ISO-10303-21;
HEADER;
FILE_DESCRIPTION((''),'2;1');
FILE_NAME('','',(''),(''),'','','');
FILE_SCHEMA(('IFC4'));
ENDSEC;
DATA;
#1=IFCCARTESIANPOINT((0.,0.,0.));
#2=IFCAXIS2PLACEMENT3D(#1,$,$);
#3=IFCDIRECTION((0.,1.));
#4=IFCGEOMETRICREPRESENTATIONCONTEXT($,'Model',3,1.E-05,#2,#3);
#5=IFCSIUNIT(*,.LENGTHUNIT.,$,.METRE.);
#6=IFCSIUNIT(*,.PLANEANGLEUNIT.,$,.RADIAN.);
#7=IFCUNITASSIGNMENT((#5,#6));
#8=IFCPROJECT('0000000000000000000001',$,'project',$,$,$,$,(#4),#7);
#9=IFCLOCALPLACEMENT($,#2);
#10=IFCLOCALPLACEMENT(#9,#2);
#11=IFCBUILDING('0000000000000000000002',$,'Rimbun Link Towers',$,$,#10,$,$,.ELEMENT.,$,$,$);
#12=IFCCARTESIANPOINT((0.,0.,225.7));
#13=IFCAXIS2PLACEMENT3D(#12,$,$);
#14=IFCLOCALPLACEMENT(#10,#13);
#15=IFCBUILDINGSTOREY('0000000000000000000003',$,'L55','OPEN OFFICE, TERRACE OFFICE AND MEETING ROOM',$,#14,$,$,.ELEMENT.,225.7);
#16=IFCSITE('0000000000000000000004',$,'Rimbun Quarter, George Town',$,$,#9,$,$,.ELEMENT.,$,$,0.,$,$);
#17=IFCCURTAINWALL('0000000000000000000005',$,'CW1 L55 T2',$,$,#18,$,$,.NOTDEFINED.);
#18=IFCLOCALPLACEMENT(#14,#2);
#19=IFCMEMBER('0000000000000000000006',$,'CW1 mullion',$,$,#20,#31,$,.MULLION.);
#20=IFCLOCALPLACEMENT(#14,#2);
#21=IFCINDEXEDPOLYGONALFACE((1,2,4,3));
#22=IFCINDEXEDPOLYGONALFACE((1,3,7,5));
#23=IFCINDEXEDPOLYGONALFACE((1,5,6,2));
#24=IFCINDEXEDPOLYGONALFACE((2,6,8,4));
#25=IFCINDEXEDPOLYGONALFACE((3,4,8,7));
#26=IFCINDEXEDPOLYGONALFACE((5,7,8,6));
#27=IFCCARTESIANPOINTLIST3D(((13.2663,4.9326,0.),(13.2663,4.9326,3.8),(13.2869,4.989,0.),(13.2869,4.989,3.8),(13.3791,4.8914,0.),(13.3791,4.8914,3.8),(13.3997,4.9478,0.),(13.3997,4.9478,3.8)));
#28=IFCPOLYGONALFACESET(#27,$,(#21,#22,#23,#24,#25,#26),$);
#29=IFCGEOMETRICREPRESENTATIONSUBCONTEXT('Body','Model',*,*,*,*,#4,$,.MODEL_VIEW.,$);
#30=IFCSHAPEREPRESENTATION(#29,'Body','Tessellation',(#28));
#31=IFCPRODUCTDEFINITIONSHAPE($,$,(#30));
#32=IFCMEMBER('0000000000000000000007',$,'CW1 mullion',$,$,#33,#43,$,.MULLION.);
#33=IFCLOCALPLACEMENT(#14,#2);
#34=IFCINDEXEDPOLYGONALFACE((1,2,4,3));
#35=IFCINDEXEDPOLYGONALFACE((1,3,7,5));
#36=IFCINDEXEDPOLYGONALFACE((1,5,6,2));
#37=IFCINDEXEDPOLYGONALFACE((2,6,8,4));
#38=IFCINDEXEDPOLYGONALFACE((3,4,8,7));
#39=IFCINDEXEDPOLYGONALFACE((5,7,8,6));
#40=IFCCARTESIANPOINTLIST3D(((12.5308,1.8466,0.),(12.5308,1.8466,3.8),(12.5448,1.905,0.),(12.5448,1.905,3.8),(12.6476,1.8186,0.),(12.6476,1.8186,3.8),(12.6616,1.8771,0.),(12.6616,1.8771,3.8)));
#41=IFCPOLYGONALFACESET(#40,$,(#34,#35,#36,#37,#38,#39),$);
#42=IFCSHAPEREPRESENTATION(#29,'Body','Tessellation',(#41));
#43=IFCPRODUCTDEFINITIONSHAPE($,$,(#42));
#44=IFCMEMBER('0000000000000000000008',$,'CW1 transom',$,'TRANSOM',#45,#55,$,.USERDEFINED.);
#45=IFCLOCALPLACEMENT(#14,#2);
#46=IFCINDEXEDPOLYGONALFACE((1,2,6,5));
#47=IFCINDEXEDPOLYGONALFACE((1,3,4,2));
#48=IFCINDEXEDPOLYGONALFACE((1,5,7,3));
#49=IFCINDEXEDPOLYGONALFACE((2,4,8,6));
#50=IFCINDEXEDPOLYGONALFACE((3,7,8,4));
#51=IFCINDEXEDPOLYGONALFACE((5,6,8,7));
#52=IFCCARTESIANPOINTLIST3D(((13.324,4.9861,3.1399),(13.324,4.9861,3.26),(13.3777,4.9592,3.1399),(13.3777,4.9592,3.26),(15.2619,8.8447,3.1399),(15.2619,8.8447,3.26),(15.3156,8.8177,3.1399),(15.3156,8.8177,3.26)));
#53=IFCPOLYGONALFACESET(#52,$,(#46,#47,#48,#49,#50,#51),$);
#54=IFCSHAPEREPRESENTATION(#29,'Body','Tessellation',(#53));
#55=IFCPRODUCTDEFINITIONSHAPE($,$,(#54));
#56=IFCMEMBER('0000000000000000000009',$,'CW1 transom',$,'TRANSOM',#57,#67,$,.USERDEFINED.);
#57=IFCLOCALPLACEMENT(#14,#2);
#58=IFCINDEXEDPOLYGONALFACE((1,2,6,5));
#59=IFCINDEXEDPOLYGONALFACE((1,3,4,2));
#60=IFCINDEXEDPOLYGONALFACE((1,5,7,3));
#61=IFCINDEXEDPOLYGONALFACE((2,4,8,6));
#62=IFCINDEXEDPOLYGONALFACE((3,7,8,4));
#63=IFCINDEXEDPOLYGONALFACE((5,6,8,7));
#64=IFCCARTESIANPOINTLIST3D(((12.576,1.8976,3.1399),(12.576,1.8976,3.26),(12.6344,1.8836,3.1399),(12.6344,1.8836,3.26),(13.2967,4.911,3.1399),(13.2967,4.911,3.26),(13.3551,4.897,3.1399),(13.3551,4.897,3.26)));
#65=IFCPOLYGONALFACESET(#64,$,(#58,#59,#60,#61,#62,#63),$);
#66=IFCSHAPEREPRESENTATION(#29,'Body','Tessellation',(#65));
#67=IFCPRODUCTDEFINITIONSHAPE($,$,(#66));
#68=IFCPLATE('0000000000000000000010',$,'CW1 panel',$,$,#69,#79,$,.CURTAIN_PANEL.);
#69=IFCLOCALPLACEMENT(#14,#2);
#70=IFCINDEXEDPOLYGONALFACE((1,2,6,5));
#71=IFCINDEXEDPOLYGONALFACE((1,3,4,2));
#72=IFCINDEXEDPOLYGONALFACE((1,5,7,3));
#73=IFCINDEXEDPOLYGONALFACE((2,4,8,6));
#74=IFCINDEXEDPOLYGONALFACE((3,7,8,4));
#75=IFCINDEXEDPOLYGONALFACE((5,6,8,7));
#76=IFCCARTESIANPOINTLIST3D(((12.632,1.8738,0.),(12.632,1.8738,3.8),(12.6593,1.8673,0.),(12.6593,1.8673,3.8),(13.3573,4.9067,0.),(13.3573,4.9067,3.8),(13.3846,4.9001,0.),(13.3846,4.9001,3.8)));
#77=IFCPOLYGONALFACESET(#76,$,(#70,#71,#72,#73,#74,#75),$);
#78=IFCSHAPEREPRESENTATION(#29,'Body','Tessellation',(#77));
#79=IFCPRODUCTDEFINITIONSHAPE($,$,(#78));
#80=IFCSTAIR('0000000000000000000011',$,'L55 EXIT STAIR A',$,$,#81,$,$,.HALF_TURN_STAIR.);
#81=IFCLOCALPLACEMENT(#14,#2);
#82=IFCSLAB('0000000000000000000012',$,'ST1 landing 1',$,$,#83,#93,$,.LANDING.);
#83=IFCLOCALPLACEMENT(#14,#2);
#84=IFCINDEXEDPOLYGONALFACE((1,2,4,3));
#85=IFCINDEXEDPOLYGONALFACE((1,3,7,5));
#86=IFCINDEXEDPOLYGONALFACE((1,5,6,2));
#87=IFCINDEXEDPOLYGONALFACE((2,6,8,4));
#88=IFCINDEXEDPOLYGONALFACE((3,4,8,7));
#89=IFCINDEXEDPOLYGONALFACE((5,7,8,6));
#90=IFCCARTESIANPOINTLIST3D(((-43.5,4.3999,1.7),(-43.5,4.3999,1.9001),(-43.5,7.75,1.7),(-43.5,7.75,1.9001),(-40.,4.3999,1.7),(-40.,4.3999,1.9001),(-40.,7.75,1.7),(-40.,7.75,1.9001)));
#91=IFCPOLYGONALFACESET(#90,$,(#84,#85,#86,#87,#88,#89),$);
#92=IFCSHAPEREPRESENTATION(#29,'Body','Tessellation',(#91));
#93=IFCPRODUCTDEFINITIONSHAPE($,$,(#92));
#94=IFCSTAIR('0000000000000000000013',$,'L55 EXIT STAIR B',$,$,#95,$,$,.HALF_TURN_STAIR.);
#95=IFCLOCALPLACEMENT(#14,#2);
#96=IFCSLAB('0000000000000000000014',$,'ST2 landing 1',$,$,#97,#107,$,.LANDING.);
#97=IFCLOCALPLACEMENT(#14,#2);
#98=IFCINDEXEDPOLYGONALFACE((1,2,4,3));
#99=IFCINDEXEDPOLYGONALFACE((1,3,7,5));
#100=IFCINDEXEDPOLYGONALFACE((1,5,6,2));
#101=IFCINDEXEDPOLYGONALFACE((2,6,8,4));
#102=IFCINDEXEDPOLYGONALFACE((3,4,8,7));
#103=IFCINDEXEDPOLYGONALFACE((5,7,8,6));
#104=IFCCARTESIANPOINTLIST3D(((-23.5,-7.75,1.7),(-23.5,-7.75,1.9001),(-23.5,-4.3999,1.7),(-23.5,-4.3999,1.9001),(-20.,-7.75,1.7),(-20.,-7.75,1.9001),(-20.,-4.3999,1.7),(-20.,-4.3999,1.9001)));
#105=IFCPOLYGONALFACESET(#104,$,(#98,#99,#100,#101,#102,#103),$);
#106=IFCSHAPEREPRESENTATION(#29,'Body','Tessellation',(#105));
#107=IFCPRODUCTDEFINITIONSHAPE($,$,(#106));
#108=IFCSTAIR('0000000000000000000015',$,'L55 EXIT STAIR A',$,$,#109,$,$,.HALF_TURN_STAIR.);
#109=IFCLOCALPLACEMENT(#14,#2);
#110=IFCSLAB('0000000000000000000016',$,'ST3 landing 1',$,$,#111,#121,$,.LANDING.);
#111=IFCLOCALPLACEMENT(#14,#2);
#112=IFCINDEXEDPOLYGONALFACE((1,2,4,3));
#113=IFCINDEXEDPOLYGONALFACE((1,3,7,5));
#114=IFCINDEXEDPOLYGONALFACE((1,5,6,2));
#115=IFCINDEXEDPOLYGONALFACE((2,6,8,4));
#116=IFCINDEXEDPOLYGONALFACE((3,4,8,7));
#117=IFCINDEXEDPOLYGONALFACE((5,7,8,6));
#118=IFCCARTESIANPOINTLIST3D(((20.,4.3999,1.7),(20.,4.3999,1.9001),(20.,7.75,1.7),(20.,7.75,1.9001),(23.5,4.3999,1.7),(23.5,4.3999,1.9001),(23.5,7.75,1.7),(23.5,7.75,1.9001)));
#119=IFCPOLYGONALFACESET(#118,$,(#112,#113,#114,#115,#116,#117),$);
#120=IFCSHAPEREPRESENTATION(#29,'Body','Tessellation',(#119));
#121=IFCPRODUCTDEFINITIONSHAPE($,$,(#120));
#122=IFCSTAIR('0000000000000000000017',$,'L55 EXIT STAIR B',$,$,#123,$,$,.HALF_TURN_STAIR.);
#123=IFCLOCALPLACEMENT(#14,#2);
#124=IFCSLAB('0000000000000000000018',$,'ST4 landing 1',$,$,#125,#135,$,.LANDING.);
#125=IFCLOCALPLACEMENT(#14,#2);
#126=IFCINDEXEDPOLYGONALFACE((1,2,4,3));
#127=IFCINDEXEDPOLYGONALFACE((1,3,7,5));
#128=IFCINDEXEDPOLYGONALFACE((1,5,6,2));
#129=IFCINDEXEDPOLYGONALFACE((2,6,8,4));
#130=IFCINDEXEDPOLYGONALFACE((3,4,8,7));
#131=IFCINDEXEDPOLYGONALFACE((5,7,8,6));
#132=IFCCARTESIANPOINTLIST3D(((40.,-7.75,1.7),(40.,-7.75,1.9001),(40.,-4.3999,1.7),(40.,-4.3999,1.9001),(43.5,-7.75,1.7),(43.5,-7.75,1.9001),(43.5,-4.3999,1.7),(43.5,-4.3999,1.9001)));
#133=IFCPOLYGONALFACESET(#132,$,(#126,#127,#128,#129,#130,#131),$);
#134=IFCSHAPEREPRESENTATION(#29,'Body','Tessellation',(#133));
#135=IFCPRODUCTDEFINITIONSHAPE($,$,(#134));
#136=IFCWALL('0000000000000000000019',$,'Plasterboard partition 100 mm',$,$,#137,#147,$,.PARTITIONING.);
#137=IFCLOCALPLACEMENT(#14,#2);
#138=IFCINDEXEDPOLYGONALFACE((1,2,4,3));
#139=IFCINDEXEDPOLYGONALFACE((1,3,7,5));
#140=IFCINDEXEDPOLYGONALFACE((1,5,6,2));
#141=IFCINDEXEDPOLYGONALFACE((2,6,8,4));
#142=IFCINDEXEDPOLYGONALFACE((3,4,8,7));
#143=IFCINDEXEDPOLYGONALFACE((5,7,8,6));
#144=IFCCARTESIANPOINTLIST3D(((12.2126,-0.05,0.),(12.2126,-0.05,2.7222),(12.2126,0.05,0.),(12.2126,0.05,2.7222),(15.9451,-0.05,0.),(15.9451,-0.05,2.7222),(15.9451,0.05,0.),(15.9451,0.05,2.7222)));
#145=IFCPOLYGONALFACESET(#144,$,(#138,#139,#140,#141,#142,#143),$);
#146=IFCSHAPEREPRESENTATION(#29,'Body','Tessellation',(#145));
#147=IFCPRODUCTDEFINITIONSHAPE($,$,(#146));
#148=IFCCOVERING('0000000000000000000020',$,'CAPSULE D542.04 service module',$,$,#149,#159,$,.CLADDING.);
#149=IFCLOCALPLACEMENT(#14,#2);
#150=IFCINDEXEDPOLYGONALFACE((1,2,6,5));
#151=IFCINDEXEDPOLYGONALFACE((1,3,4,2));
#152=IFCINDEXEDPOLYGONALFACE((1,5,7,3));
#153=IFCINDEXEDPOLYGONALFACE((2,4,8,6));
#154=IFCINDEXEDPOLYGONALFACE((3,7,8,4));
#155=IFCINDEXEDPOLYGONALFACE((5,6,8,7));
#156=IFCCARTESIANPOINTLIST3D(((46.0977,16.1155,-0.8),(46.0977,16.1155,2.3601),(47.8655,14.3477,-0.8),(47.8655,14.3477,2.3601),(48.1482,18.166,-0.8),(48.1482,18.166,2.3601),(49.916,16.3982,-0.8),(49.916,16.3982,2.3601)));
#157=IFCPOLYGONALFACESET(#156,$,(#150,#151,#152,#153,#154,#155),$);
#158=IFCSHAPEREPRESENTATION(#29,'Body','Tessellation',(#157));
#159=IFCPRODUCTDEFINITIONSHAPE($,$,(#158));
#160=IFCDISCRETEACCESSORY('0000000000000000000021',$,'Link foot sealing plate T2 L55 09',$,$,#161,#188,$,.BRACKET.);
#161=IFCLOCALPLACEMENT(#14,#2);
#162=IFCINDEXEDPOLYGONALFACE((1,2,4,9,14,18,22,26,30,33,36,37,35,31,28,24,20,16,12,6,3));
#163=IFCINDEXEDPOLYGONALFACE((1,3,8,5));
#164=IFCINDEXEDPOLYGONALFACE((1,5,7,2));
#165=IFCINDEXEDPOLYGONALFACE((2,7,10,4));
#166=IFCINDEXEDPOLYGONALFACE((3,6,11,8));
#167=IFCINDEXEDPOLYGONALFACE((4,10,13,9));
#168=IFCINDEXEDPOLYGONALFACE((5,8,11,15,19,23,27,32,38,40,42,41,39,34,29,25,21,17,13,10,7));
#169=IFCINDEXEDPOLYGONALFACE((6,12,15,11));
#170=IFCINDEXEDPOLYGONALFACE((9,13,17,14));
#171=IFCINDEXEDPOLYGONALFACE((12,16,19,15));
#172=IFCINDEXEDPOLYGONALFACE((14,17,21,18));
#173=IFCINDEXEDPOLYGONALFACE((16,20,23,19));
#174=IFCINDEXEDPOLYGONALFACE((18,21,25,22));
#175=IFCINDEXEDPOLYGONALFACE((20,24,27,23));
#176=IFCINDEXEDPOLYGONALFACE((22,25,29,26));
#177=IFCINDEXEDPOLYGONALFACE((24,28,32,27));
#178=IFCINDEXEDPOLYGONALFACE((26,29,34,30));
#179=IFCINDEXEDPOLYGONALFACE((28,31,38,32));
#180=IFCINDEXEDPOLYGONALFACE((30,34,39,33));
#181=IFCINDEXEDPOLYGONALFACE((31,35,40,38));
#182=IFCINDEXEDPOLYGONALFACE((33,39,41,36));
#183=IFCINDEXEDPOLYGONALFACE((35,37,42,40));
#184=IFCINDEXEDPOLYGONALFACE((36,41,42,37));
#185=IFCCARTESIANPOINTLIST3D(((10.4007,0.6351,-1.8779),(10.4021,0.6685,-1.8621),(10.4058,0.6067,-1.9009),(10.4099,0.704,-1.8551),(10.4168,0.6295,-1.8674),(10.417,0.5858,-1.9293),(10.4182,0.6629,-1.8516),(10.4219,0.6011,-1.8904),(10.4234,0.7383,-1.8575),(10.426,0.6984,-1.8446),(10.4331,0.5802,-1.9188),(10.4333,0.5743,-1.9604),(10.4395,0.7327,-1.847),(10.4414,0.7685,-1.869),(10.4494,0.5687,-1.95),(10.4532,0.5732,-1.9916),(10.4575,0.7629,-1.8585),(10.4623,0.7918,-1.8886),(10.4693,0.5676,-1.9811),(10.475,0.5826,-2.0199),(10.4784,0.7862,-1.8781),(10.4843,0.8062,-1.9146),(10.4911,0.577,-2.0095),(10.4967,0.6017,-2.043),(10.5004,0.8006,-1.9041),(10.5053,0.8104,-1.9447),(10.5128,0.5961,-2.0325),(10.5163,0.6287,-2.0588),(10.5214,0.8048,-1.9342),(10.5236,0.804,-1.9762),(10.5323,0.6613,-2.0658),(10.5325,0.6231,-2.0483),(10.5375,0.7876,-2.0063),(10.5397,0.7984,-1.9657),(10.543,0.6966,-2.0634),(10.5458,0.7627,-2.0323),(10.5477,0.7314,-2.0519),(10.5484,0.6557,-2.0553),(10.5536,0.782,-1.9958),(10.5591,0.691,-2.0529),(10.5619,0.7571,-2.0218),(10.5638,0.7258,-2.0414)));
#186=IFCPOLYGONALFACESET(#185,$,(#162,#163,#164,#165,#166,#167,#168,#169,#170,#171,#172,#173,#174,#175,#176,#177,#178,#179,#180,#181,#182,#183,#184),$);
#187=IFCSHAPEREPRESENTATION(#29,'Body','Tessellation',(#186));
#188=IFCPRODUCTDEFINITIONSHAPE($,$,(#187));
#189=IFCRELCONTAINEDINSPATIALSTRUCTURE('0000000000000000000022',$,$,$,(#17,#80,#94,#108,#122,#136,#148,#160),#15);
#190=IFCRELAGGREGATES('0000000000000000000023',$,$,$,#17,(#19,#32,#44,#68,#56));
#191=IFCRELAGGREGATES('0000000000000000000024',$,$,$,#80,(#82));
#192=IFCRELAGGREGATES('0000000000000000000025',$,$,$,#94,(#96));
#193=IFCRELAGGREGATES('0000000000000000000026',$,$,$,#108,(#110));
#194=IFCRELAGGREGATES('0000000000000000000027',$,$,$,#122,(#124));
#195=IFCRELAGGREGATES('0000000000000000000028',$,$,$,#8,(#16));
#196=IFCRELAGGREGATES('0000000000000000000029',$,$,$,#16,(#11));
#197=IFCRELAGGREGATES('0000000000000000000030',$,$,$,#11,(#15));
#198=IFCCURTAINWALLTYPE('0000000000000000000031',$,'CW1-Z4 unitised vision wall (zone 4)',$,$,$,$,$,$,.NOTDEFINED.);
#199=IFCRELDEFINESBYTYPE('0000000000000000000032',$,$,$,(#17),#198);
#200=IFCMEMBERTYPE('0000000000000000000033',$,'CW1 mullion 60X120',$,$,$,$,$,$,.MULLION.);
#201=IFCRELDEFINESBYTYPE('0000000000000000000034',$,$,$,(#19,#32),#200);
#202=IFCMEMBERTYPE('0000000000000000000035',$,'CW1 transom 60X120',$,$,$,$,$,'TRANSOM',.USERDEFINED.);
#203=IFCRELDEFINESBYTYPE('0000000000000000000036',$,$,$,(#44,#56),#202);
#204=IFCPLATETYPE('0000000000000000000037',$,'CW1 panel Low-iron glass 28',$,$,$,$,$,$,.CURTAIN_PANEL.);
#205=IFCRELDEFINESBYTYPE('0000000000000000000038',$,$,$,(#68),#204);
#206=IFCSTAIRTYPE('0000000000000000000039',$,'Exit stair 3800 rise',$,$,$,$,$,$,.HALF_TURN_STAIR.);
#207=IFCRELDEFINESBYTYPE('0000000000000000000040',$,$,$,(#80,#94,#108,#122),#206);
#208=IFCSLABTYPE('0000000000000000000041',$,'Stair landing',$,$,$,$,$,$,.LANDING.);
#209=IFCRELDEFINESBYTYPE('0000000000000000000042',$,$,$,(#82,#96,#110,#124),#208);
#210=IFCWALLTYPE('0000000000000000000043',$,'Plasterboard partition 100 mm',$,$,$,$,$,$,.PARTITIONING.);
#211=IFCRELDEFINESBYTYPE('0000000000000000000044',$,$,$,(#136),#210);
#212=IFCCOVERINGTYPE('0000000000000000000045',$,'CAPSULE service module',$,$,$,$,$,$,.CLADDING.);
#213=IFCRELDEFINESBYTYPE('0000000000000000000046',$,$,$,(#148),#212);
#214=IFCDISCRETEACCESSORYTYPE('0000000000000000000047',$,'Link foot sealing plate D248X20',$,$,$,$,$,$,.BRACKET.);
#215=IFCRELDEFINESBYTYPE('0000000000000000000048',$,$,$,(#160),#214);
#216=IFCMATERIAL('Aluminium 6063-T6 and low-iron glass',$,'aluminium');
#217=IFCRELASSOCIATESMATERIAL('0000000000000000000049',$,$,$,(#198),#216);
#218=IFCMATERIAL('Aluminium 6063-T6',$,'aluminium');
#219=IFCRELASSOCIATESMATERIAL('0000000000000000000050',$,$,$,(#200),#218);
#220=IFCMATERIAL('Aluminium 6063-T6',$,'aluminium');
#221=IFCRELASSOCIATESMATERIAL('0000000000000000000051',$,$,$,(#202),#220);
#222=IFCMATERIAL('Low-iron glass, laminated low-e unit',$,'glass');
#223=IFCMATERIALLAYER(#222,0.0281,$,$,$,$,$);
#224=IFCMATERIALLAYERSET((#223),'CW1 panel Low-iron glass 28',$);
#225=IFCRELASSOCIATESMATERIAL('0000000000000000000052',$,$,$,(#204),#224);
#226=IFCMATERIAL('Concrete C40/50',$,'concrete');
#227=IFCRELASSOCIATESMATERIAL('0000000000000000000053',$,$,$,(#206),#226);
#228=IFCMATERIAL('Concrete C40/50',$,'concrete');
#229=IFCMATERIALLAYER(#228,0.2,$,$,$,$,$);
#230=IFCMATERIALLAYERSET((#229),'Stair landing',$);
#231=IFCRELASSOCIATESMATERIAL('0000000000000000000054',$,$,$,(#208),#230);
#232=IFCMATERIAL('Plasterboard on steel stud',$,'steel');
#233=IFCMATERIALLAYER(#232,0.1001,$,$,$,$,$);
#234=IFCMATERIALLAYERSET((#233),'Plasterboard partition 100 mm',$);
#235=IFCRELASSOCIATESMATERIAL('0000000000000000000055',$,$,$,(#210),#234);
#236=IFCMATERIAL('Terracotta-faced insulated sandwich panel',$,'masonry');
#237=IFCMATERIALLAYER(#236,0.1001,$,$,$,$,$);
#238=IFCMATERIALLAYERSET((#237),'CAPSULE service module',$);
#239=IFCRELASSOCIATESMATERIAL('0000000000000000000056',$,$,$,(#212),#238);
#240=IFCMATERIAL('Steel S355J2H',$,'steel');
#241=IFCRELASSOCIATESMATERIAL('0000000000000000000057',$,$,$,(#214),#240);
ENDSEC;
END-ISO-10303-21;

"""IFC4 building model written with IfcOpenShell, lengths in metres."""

from ifc_helpers import new_model, si_unit, direction, frame, frame_2d, origin, origin_2d, place, context, subcontext, project, spatial, polyline, rectangle, circle, outline, extrude, material, layer, layer_set, material_profile, profile_set, type_object, element, aggregate, save


model = new_model("IFC4")

# Units and contexts
model_context = context("Model", 3, precision=1e-05, world=origin(), true_north=direction((0.0, 1.0)))
body_context = subcontext(model_context, "Body", "Model", "MODEL_VIEW")
ifc_project = project(units=[si_unit("LENGTHUNIT", "METRE"), si_unit("PLANEANGLEUNIT", "RADIAN")], contexts=[model_context])

# Site, building, storey
site_placement = place(None, origin())
site = spatial("IfcSite", under=ifc_project, at=site_placement, Name="Rimbun Quarter, George Town", CompositionType="ELEMENT", RefElevation=0.0)
building_placement = place(site_placement, origin())
building = spatial("IfcBuilding", under=site, at=building_placement, Name="Rimbun Link Towers", CompositionType="ELEMENT")
storey_placement = place(building_placement, frame((0.0, 0.0, 225.7)))
storey = spatial("IfcBuildingStorey", under=building, at=storey_placement, Name="L55", Description="OPEN OFFICE, TERRACE OFFICE AND MEETING ROOM", CompositionType="ELEMENT", Elevation=225.7)

# Curtain wall, members
ifc_material_1 = material(Name="Aluminium 6063-T6 and low-iron glass", Category="aluminium")
curtain_wall_type = type_object("IfcCurtainWallType", Name="CW1-Z4 unitised vision wall (zone 4)", PredefinedType="NOTDEFINED", material=ifc_material_1)
curtain_wall_placement = place(storey_placement, origin())
curtain_wall = element("IfcCurtainWall", 1, at=curtain_wall_placement, inside=storey, type_object=curtain_wall_type, Name="CW1 L55 T2", PredefinedType="NOTDEFINED")
ifc_material_2 = material(Name="Aluminium 6063-T6", Category="aluminium")
ifc_material_profile_1 = material_profile(ifc_material_2, rectangle(XDim=0.1201, YDim=0.0601, at=origin_2d()), Name="MULLION 60X120")
ifc_profile_set_1 = profile_set([ifc_material_profile_1], Name="Aluminium 6063-T6")
member_type_1 = type_object("IfcMemberType", Name="CW1 mullion 60X120", PredefinedType="MULLION", material=ifc_profile_set_1)
member_1_placement = place(storey_placement, frame((13.333, 4.9402, 0.0), z_axis=(0.0, 0.0, 1.0), x_axis=(-0.939348, 0.342964, 0.0)))
member_1 = element("IfcMember", 2, at=member_1_placement, type_object=member_type_1, Name="CW1 mullion", PredefinedType="MULLION", context=body_context, shape_type="SweptSolid", body=[
    extrude(rectangle(XDim=0.1201, YDim=0.0601, at=origin_2d()), origin(), (0.0, 0.0, 1.0), 3.8),
])
member_2_placement = place(storey_placement, frame((12.5962, 1.8618, 0.0), z_axis=(0.0, 0.0, 1.0), x_axis=(-0.972572, 0.232601, 0.0)))
member_2 = element("IfcMember", 3, at=member_2_placement, type_object=member_type_1, Name="CW1 mullion", PredefinedType="MULLION", context=body_context, shape_type="SweptSolid", body=[
    extrude(rectangle(XDim=0.1201, YDim=0.0601, at=origin_2d()), origin(), (0.0, 0.0, 1.0), 3.8),
])
ifc_material_3 = material(Name="Aluminium 6063-T6", Category="aluminium")
ifc_material_profile_2 = material_profile(ifc_material_3, rectangle(XDim=0.0601, YDim=0.1201, at=origin_2d()), Name="TRANSOM 60X120")
ifc_profile_set_2 = profile_set([ifc_material_profile_2], Name="Aluminium 6063-T6")
member_type_2 = type_object("IfcMemberType", Name="CW1 transom 60X120", ElementType="TRANSOM", PredefinedType="USERDEFINED", material=ifc_profile_set_2)
member_3_placement = place(storey_placement, frame((13.3508, 4.9727, 3.2), z_axis=(0.448819, 0.893623, 0.0), x_axis=(-0.893623, 0.448819, 0.0)))
member_3 = element("IfcMember", 4, at=member_3_placement, type_object=member_type_2, Name="CW1 transom", ObjectType="TRANSOM", PredefinedType="USERDEFINED", context=body_context, shape_type="SweptSolid", body=[
    extrude(rectangle(XDim=0.0601, YDim=0.1201, at=origin_2d()), origin(), (0.0, 0.0, 1.0), 4.3179),
])
member_4_placement = place(storey_placement, frame((12.6052, 1.8906, 3.2), z_axis=(0.232604, 0.972572, 0.0), x_axis=(-0.972572, 0.232604, 0.0)))
member_4 = element("IfcMember", 5, at=member_4_placement, type_object=member_type_2, Name="CW1 transom", ObjectType="TRANSOM", PredefinedType="USERDEFINED", context=body_context, shape_type="SweptSolid", body=[
    extrude(rectangle(XDim=0.0601, YDim=0.1201, at=origin_2d()), origin(), (0.0, 0.0, 1.0), 3.0984),
])

# Plate
ifc_material_4 = material(Name="Low-iron glass, laminated low-e unit", Category="glass")
ifc_layer_1 = layer(ifc_material_4, 0.0281)
ifc_layer_set_1 = layer_set([ifc_layer_1], Name="CW1 panel Low-iron glass 28")
plate_type = type_object("IfcPlateType", Name="CW1 panel Low-iron glass 28", PredefinedType="CURTAIN_PANEL", material=ifc_layer_set_1)
plate_placement = place(storey_placement, frame((13.0083, 3.387, 0.0), z_axis=(0.0, 0.0, 1.0), x_axis=(0.232601, 0.972572, 0.0)))
plate = element("IfcPlate", 6, at=plate_placement, type_object=plate_type, Name="CW1 panel", PredefinedType="CURTAIN_PANEL", context=body_context, shape_type="SweptSolid", body=[
    extrude(rectangle(XDim=3.1184, YDim=0.0281, at=origin_2d()), origin(), (0.0, 0.0, 1.0), 3.8),
])
aggregate(curtain_wall, [member_1, member_2, member_3, plate, member_4])

# Stairs, slabs
ifc_material_5 = material(Name="Concrete C40/50", Category="concrete")
stair_type = type_object("IfcStairType", Name="Exit stair 3800 rise", PredefinedType="HALF_TURN_STAIR", material=ifc_material_5)
stair_1_placement = place(storey_placement, origin())
stair_1 = element("IfcStair", 7, at=stair_1_placement, inside=storey, type_object=stair_type, Name="L55 EXIT STAIR A", PredefinedType="HALF_TURN_STAIR")
ifc_material_6 = material(Name="Concrete C40/50", Category="concrete")
ifc_layer_2 = layer(ifc_material_6, 0.2)
ifc_layer_set_2 = layer_set([ifc_layer_2], Name="Stair landing")
slab_type = type_object("IfcSlabType", Name="Stair landing", PredefinedType="LANDING", material=ifc_layer_set_2)
slab_1_placement = place(storey_placement, frame((0.0, 0.0, 1.7)))
slab_1 = element("IfcSlab", 8, at=slab_1_placement, type_object=slab_type, Name="ST1 landing 1", PredefinedType="LANDING", context=body_context, shape_type="SweptSolid", body=[
    extrude(outline(polyline([(-40.0, 7.75), (-43.5, 7.75), (-43.5, 4.3999), (-40.0, 4.3999), (-40.0, 7.75)])), origin(), (0.0, 0.0, 1.0), 0.2002),
])
aggregate(stair_1, [slab_1])
stair_2_placement = place(storey_placement, origin())
stair_2 = element("IfcStair", 9, at=stair_2_placement, inside=storey, type_object=stair_type, Name="L55 EXIT STAIR B", PredefinedType="HALF_TURN_STAIR")
slab_2_placement = place(storey_placement, frame((0.0, 0.0, 1.7)))
slab_2 = element("IfcSlab", 10, at=slab_2_placement, type_object=slab_type, Name="ST2 landing 1", PredefinedType="LANDING", context=body_context, shape_type="SweptSolid", body=[
    extrude(outline(polyline([(-23.5, -7.75), (-20.0, -7.75), (-20.0, -4.3999), (-23.5, -4.3999), (-23.5, -7.75)])), origin(), (0.0, 0.0, 1.0), 0.2002),
])
aggregate(stair_2, [slab_2])
stair_3_placement = place(storey_placement, origin())
stair_3 = element("IfcStair", 11, at=stair_3_placement, inside=storey, type_object=stair_type, Name="L55 EXIT STAIR A", PredefinedType="HALF_TURN_STAIR")
slab_3_placement = place(storey_placement, frame((0.0, 0.0, 1.7)))
slab_3 = element("IfcSlab", 12, at=slab_3_placement, type_object=slab_type, Name="ST3 landing 1", PredefinedType="LANDING", context=body_context, shape_type="SweptSolid", body=[
    extrude(outline(polyline([(23.5, 7.75), (20.0, 7.75), (20.0, 4.3999), (23.5, 4.3999), (23.5, 7.75)])), origin(), (0.0, 0.0, 1.0), 0.2002),
])
aggregate(stair_3, [slab_3])
stair_4_placement = place(storey_placement, origin())
stair_4 = element("IfcStair", 13, at=stair_4_placement, inside=storey, type_object=stair_type, Name="L55 EXIT STAIR B", PredefinedType="HALF_TURN_STAIR")
slab_4_placement = place(storey_placement, frame((0.0, 0.0, 1.7)))
slab_4 = element("IfcSlab", 14, at=slab_4_placement, type_object=slab_type, Name="ST4 landing 1", PredefinedType="LANDING", context=body_context, shape_type="SweptSolid", body=[
    extrude(outline(polyline([(40.0, -7.75), (43.5, -7.75), (43.5, -4.3999), (40.0, -4.3999), (40.0, -7.75)])), origin(), (0.0, 0.0, 1.0), 0.2002),
])
aggregate(stair_4, [slab_4])

# Wall
ifc_material_7 = material(Name="Plasterboard on steel stud", Category="steel")
ifc_layer_3 = layer(ifc_material_7, 0.1001)
ifc_layer_set_3 = layer_set([ifc_layer_3], Name="Plasterboard partition 100 mm")
wall_type = type_object("IfcWallType", Name="Plasterboard partition 100 mm", PredefinedType="PARTITIONING", material=ifc_layer_set_3)
wall_placement = place(storey_placement, frame((12.2126, 0.0, 0.0), z_axis=(0.0, 0.0, 1.0), x_axis=(1.0, 0.0, 0.0)))
element("IfcWall", 15, at=wall_placement, inside=storey, type_object=wall_type, Name="Plasterboard partition 100 mm", PredefinedType="PARTITIONING", context=body_context, shape_type="SweptSolid", body=[
    extrude(rectangle(XDim=3.7324, YDim=0.1001, at=frame_2d((1.8662, 0.0))), origin(), (0.0, 0.0, 1.0), 2.7222),
])

# Covering
ifc_material_8 = material(Name="Terracotta-faced insulated sandwich panel", Category="masonry")
ifc_layer_4 = layer(ifc_material_8, 0.1001)
ifc_layer_set_4 = layer_set([ifc_layer_4], Name="CAPSULE service module")
covering_type_1 = type_object("IfcCoveringType", Name="CAPSULE service module", PredefinedType="CLADDING", material=ifc_layer_set_4)
covering_1_placement = place(storey_placement, frame((0.0, 0.0, -0.8)))
element("IfcCovering", 16, at=covering_1_placement, inside=storey, type_object=covering_type_1, Name="CAPSULE D542.04 service module", PredefinedType="CLADDING", context=body_context, shape_type="SweptSolid", body=[
    extrude(outline(polyline([(49.916, 16.3982), (48.1482, 18.166), (46.0977, 16.1155), (47.8655, 14.3477), (49.916, 16.3982)])), origin(), (0.0, 0.0, 1.0), 3.1602),
])

# Discrete accessory
ifc_material_9 = material(Name="Steel S355J2H", Category="steel")
ifc_material_profile_3 = material_profile(ifc_material_9, circle(Radius=0.124, at=origin_2d()), Name="PL D248")
ifc_profile_set_3 = profile_set([ifc_material_profile_3], Name="Steel S355J2H")
discrete_accessory_type = type_object("IfcDiscreteAccessoryType", Name="Link foot sealing plate D248X20", PredefinedType="BRACKET", material=ifc_profile_set_3)
discrete_accessory_placement = place(storey_placement, frame((10.4902, 0.6858, -1.95), z_axis=(-0.80428, 0.280279, -0.524001), x_axis=(-0.329076, -0.944304, 0.0)))
element("IfcDiscreteAccessory", 17, at=discrete_accessory_placement, inside=storey, type_object=discrete_accessory_type, Name="Link foot sealing plate T2 L55 09", PredefinedType="BRACKET", context=body_context, shape_type="SweptSolid", body=[
    extrude(circle(Radius=0.124, at=origin_2d()), origin(), (0.0, 0.0, 1.0), 0.02),
])

save(model, "model.ifc")
